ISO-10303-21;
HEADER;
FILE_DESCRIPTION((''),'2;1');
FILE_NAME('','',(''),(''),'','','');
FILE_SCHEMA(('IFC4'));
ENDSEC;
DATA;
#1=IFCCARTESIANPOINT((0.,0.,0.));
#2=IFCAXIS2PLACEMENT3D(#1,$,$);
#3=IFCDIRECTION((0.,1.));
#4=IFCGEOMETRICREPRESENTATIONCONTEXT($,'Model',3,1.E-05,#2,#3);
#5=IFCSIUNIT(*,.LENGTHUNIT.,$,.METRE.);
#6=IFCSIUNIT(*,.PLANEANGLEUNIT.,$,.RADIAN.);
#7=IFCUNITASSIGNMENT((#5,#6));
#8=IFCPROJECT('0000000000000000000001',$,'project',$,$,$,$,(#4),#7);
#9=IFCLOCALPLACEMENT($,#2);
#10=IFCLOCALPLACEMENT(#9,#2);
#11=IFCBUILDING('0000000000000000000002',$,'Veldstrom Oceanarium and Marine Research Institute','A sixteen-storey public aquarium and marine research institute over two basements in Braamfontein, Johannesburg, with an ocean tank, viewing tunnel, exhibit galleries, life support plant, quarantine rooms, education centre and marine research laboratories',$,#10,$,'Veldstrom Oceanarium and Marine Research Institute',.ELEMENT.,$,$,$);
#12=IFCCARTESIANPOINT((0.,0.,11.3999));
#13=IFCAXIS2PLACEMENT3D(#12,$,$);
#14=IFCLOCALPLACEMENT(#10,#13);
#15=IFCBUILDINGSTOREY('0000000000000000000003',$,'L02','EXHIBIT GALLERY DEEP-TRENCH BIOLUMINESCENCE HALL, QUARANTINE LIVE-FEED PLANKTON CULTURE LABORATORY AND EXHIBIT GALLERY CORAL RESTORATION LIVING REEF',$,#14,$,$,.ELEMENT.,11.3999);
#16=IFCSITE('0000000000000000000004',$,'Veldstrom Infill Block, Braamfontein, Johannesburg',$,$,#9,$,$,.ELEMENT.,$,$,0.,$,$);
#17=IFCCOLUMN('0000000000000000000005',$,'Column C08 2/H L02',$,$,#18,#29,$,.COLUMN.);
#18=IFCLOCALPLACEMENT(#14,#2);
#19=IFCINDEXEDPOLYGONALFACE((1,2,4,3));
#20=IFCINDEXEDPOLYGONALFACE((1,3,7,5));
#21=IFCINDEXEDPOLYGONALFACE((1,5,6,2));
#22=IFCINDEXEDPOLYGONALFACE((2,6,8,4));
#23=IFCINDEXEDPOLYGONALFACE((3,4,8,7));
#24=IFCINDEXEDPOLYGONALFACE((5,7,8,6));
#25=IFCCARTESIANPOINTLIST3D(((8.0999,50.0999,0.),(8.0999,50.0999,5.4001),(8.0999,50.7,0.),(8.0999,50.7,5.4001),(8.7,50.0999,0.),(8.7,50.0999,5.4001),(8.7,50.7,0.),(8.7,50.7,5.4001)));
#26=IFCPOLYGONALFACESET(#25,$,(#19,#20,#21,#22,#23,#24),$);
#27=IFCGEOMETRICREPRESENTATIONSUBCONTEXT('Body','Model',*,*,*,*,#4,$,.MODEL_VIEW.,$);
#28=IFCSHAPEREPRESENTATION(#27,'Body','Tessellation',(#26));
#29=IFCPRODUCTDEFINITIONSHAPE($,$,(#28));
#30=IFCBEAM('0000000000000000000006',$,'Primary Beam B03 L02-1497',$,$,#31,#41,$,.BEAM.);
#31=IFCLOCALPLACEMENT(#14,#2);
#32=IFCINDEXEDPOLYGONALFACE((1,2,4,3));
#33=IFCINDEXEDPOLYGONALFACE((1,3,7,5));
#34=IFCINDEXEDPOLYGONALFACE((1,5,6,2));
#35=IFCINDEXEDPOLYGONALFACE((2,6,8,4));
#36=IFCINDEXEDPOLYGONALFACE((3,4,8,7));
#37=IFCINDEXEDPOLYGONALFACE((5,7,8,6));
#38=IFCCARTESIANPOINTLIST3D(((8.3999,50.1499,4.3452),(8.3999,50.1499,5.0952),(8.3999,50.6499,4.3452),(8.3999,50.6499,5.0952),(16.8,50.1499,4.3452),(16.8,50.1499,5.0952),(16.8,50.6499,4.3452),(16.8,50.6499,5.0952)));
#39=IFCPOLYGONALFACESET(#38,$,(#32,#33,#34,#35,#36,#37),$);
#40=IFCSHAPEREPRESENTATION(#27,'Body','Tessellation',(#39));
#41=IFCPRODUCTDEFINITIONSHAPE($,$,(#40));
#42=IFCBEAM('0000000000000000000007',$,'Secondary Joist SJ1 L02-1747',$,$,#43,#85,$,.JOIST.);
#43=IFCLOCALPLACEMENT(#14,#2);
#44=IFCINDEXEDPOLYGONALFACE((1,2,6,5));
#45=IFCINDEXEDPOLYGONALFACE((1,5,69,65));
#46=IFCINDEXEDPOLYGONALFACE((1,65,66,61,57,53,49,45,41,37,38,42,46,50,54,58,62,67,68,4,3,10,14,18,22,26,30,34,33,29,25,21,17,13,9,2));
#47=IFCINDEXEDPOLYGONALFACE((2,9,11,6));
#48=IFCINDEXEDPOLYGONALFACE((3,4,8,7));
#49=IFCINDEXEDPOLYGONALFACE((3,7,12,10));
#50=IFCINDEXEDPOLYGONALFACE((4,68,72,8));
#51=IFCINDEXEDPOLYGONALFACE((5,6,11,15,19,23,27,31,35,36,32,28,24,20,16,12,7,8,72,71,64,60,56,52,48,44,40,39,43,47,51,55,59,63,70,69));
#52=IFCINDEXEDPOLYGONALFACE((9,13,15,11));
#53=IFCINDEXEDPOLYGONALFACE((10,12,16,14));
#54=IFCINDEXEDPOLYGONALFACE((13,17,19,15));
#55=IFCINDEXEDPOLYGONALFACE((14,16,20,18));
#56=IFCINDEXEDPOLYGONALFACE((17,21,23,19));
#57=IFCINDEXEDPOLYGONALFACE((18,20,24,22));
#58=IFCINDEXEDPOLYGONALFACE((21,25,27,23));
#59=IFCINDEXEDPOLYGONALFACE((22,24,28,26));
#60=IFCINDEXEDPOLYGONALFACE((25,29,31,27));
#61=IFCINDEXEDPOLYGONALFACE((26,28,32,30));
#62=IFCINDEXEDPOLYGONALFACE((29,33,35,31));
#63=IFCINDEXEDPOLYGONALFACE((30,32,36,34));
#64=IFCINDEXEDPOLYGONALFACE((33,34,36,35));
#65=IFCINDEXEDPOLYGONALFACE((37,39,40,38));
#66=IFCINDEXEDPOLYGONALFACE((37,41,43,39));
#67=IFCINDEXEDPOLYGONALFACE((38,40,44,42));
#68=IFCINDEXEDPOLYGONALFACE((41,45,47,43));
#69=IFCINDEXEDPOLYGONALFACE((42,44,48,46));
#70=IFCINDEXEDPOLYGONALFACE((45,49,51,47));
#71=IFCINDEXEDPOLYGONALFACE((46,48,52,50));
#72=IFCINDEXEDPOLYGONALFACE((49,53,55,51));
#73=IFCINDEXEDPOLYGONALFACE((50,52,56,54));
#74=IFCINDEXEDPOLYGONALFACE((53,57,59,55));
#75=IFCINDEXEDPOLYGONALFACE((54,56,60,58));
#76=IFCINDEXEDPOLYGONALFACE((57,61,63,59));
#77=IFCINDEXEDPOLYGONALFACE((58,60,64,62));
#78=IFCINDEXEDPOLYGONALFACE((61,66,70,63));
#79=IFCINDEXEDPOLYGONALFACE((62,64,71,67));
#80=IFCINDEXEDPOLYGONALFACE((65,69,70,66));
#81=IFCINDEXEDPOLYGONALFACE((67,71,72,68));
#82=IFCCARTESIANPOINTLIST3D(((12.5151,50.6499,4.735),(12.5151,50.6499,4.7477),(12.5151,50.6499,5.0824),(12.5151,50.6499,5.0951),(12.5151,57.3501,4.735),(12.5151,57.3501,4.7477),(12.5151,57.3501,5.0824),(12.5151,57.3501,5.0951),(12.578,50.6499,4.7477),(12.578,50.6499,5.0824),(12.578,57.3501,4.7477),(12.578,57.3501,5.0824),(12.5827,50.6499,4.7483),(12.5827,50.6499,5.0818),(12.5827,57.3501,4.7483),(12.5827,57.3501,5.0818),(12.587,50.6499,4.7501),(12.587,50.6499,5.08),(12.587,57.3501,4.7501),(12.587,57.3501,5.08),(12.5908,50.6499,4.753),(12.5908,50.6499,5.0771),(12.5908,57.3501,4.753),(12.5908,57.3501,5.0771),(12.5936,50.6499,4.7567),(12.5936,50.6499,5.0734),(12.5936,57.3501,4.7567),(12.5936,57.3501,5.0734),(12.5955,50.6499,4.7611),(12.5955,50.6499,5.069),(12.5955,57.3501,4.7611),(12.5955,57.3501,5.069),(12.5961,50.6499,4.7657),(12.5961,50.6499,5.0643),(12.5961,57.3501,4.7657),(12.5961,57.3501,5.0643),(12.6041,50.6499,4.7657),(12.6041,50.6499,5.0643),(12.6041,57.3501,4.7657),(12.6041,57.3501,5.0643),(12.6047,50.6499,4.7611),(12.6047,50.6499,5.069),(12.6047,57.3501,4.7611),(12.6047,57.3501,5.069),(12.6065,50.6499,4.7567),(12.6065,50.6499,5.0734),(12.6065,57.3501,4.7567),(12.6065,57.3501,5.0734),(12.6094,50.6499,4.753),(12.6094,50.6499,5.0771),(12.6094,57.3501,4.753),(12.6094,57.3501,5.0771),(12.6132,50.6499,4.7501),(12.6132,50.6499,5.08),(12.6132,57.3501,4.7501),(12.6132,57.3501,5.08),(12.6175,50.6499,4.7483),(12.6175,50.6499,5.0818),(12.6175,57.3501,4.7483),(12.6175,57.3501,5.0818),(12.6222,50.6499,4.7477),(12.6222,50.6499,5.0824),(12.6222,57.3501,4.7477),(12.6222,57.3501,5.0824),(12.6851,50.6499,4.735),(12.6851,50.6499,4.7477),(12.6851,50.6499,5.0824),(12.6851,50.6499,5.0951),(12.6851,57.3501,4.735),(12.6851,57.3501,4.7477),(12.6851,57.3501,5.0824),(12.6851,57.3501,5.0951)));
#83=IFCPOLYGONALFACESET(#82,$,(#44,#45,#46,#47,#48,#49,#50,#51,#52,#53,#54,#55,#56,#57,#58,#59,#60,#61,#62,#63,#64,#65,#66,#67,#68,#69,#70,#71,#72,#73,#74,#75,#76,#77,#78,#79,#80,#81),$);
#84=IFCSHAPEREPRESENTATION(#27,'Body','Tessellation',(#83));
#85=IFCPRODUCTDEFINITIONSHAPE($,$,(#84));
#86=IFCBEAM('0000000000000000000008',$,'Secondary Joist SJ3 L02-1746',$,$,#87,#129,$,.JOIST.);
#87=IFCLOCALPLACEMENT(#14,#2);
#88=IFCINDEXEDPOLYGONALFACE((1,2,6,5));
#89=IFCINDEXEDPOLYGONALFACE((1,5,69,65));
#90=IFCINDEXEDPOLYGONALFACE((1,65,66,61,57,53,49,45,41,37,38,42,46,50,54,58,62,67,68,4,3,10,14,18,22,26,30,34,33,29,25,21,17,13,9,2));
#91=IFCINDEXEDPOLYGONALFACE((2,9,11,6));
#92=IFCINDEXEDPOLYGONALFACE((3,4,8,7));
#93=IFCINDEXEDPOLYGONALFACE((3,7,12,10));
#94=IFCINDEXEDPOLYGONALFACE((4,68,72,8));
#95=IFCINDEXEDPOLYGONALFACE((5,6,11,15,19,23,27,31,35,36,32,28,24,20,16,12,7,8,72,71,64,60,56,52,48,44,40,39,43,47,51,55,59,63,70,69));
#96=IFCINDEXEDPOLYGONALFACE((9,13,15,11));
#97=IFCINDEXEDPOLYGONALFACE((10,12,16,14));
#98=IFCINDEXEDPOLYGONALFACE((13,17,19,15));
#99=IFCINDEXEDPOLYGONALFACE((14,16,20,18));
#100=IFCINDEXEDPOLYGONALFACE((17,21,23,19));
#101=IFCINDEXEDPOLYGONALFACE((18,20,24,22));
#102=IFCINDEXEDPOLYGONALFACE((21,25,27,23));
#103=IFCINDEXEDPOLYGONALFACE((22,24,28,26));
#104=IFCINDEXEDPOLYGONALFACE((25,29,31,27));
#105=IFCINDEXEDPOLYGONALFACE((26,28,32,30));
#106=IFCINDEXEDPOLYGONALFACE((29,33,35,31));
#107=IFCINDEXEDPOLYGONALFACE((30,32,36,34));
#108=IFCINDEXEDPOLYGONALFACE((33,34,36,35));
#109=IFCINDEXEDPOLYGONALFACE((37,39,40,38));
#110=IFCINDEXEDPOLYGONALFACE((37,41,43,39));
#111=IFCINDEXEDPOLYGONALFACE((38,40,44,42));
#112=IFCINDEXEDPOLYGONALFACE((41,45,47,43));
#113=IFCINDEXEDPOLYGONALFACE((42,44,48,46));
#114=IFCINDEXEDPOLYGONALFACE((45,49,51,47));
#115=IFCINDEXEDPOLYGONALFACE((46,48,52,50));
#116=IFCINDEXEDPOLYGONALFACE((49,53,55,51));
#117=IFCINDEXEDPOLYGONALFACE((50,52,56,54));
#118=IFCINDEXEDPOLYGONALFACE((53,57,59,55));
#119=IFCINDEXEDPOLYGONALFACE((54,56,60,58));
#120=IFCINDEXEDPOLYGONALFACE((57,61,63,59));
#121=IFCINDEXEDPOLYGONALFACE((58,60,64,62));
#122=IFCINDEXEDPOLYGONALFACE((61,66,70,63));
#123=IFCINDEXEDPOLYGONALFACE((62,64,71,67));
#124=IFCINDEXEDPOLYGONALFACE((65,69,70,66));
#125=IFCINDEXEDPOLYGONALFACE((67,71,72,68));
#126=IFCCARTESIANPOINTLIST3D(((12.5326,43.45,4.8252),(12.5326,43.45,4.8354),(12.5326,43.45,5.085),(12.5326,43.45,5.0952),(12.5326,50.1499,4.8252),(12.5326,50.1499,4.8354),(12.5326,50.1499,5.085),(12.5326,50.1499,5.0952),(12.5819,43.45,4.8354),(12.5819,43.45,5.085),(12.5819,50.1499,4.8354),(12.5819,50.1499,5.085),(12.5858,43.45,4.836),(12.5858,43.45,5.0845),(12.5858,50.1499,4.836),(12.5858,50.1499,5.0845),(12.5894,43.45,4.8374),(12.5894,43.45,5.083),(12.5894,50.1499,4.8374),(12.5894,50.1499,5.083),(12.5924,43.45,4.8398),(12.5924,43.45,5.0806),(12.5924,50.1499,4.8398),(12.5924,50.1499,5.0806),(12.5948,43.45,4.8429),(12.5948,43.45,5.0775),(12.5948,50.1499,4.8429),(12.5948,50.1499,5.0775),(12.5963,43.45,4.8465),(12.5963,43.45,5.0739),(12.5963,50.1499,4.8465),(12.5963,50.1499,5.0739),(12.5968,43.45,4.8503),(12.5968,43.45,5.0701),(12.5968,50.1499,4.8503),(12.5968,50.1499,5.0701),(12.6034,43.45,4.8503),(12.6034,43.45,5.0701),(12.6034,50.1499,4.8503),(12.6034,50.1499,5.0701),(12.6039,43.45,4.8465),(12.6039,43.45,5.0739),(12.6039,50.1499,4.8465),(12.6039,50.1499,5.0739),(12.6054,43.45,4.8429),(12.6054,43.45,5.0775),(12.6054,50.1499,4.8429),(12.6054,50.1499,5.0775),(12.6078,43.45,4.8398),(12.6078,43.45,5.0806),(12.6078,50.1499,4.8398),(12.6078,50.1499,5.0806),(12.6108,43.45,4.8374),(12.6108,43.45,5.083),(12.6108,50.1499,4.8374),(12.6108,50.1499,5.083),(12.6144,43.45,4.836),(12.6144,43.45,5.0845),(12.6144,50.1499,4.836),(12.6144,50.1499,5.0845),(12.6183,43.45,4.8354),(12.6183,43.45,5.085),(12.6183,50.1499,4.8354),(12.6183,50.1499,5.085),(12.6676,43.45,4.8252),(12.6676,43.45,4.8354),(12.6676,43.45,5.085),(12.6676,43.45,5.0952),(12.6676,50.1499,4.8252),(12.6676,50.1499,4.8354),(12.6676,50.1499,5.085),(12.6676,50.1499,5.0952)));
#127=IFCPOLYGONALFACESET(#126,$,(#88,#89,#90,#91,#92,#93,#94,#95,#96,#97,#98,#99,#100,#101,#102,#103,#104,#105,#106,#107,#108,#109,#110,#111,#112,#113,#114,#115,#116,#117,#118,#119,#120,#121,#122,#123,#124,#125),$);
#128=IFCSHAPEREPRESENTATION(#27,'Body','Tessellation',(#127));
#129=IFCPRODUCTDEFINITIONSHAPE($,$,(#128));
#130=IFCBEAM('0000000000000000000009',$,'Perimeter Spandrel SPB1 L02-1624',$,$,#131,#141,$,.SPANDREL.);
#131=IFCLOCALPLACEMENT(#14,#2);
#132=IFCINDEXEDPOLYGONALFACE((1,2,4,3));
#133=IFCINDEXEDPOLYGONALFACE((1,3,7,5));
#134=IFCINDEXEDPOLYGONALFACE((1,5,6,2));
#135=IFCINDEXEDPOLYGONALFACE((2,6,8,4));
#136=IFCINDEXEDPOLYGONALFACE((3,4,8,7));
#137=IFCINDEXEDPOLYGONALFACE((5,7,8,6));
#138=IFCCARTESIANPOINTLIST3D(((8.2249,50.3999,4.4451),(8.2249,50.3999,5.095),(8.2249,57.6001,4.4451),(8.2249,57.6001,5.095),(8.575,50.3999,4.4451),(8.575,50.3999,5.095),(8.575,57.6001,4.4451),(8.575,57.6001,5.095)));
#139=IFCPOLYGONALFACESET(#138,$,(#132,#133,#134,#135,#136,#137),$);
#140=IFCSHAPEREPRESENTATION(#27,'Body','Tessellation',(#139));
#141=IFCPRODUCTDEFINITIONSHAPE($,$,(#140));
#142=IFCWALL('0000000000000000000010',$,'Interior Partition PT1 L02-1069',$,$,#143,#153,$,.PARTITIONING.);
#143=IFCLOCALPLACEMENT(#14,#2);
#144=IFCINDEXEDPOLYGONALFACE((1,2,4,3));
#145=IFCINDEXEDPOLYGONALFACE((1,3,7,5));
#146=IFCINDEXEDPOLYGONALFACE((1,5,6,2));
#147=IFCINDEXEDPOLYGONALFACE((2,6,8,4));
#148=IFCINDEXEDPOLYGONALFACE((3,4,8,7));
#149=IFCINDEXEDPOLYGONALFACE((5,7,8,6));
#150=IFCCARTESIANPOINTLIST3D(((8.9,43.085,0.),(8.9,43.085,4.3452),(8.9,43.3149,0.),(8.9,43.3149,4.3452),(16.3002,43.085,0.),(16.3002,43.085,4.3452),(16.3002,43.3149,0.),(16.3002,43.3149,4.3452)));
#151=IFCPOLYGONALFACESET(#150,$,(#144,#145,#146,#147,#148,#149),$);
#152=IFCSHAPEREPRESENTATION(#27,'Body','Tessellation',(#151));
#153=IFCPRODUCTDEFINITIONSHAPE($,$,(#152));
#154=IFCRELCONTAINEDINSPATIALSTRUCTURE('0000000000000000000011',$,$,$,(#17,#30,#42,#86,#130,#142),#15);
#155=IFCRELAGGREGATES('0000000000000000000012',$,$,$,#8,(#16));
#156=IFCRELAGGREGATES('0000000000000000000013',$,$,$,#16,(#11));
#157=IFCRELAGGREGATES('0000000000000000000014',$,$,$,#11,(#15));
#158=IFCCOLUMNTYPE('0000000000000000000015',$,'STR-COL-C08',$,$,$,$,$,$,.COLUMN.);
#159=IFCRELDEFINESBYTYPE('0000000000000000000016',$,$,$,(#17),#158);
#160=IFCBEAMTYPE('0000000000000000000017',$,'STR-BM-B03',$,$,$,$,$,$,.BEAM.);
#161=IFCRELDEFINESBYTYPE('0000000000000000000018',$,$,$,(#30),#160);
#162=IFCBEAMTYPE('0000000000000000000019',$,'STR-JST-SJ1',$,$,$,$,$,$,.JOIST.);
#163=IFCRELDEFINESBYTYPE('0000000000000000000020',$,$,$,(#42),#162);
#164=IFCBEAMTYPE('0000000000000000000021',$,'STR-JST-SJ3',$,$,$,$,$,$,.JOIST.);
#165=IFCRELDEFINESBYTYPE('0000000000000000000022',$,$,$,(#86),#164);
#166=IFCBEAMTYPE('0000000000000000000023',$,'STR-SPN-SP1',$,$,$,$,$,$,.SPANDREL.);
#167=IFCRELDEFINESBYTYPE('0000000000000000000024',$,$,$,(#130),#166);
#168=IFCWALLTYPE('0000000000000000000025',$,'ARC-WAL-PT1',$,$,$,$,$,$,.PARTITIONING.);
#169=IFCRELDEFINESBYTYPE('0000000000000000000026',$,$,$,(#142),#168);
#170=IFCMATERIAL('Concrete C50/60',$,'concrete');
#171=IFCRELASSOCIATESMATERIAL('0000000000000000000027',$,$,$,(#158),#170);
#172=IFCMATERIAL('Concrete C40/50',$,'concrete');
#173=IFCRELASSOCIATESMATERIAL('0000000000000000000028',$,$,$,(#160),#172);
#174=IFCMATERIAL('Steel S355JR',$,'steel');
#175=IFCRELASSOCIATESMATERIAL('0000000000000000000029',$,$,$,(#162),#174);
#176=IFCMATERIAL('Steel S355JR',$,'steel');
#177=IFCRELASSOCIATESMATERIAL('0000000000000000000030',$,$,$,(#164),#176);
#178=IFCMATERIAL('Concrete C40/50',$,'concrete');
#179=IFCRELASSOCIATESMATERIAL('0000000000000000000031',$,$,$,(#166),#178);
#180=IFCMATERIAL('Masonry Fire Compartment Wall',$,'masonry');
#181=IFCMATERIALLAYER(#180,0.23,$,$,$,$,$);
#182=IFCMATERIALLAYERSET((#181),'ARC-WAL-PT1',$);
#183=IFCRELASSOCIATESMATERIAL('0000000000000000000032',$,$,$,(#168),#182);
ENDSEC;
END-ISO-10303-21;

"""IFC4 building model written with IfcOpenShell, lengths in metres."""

from ifc_helpers import new_model, si_unit, direction, frame, frame_2d, origin, origin_2d, place, context, subcontext, project, spatial, rectangle, i_section, extrude, material, layer, layer_set, material_profile, profile_set, type_object, element, save


model = new_model("IFC4")

# Units and contexts
model_context = context("Model", 3, precision=1e-05, world=origin(), true_north=direction((0.0, 1.0)))
body_context = subcontext(model_context, "Body", "Model", "MODEL_VIEW")
ifc_project = project(units=[si_unit("LENGTHUNIT", "METRE"), si_unit("PLANEANGLEUNIT", "RADIAN")], contexts=[model_context])

# Site, building, storey
site_placement = place(None, origin())
site = spatial("IfcSite", under=ifc_project, at=site_placement, Name="Veldstrom Infill Block, Braamfontein, Johannesburg", CompositionType="ELEMENT", RefElevation=0.0)
building_placement = place(site_placement, origin())
building = spatial("IfcBuilding", under=site, at=building_placement, Name="Veldstrom Oceanarium and Marine Research Institute", Description="A sixteen-storey public aquarium and marine research institute over two basements in Braamfontein, Johannesburg, with an ocean tank, viewing tunnel, exhibit galleries, life support plant, quarantine rooms, education centre and marine research laboratories", LongName="Veldstrom Oceanarium and Marine Research Institute", CompositionType="ELEMENT")
storey_placement = place(building_placement, frame((0.0, 0.0, 11.3999)))
storey = spatial("IfcBuildingStorey", under=building, at=storey_placement, Name="L02", Description="EXHIBIT GALLERY DEEP-TRENCH BIOLUMINESCENCE HALL, QUARANTINE LIVE-FEED PLANKTON CULTURE LABORATORY AND EXHIBIT GALLERY CORAL RESTORATION LIVING REEF", CompositionType="ELEMENT", Elevation=11.3999)

# Column
ifc_material_1 = material(Name="Concrete C50/60", Category="concrete")
ifc_material_profile_1 = material_profile(ifc_material_1, rectangle(XDim=0.6001, YDim=0.6001, at=origin_2d()), Name="RC-COL-600x600")
ifc_profile_set_1 = profile_set([ifc_material_profile_1], Name="Concrete C50/60")
column_type = type_object("IfcColumnType", Name="STR-COL-C08", PredefinedType="COLUMN", material=ifc_profile_set_1)
column_placement = place(storey_placement, frame((8.3999, 50.3999, 0.0), z_axis=(0.0, 0.0, 1.0), x_axis=(1.0, 0.0, 0.0)))
element("IfcColumn", 1, at=column_placement, inside=storey, type_object=column_type, Name="Column C08 2/H L02", PredefinedType="COLUMN", context=body_context, shape_type="SweptSolid", body=[
    extrude(rectangle(XDim=0.6001, YDim=0.6001, at=origin_2d()), origin(), (0.0, 0.0, 1.0), 5.4001),
])

# Beams
ifc_material_2 = material(Name="Concrete C40/50", Category="concrete")
ifc_material_profile_2 = material_profile(ifc_material_2, rectangle(XDim=0.5, YDim=0.75, at=origin_2d()), Name="RC-BM-500x750")
ifc_profile_set_2 = profile_set([ifc_material_profile_2], Name="Concrete C40/50")
beam_type_1 = type_object("IfcBeamType", Name="STR-BM-B03", PredefinedType="BEAM", material=ifc_profile_set_2)
beam_1_placement = place(storey_placement, frame((8.3999, 50.3999, 4.7202), z_axis=(1.0, 0.0, 0.0), x_axis=(0.0, 1.0, 0.0)))
element("IfcBeam", 2, at=beam_1_placement, inside=storey, type_object=beam_type_1, Name="Primary Beam B03 L02-1497", PredefinedType="BEAM", context=body_context, shape_type="SweptSolid", body=[
    extrude(rectangle(XDim=0.5, YDim=0.75, at=origin_2d()), origin(), (0.0, 0.0, 1.0), 8.4001),
])
ifc_material_3 = material(Name="Steel S355JR", Category="steel")
ifc_material_profile_3 = material_profile(ifc_material_3, i_section(OverallWidth=0.1699, OverallDepth=0.3601, WebThickness=0.0081, FlangeThickness=0.0127, FilletRadius=0.0181, at=origin_2d()), Name="IPE 360")
ifc_profile_set_3 = profile_set([ifc_material_profile_3], Name="Steel S355JR")
beam_type_2 = type_object("IfcBeamType", Name="STR-JST-SJ1", PredefinedType="JOIST", material=ifc_profile_set_3)
beam_2_placement = place(storey_placement, frame((12.6001, 50.6499, 4.915), z_axis=(0.0, 1.0, 0.0), x_axis=(-1.0, 0.0, 0.0)))
element("IfcBeam", 3, at=beam_2_placement, inside=storey, type_object=beam_type_2, Name="Secondary Joist SJ1 L02-1747", PredefinedType="JOIST", context=body_context, shape_type="SweptSolid", body=[
    extrude(i_section(OverallWidth=0.1699, OverallDepth=0.3601, WebThickness=0.0081, FlangeThickness=0.0127, FilletRadius=0.0181, at=origin_2d()), origin(), (0.0, 0.0, 1.0), 6.7002),
])
ifc_material_4 = material(Name="Steel S355JR", Category="steel")
ifc_material_profile_4 = material_profile(ifc_material_4, i_section(OverallWidth=0.135, OverallDepth=0.27, WebThickness=0.0066, FlangeThickness=0.0103, FilletRadius=0.0149, at=origin_2d()), Name="IPE 270")
ifc_profile_set_4 = profile_set([ifc_material_profile_4], Name="Steel S355JR")
beam_type_3 = type_object("IfcBeamType", Name="STR-JST-SJ3", PredefinedType="JOIST", material=ifc_profile_set_4)
beam_3_placement = place(storey_placement, frame((12.6001, 43.45, 4.9602), z_axis=(0.0, 1.0, 0.0), x_axis=(-1.0, 0.0, 0.0)))
element("IfcBeam", 4, at=beam_3_placement, inside=storey, type_object=beam_type_3, Name="Secondary Joist SJ3 L02-1746", PredefinedType="JOIST", context=body_context, shape_type="SweptSolid", body=[
    extrude(i_section(OverallWidth=0.135, OverallDepth=0.27, WebThickness=0.0066, FlangeThickness=0.0103, FilletRadius=0.0149, at=origin_2d()), origin(), (0.0, 0.0, 1.0), 6.7),
])
ifc_material_5 = material(Name="Concrete C40/50", Category="concrete")
ifc_material_profile_5 = material_profile(ifc_material_5, rectangle(XDim=0.3501, YDim=0.6499, at=origin_2d()), Name="RC-SPN-350x650")
ifc_profile_set_5 = profile_set([ifc_material_profile_5], Name="Concrete C40/50")
beam_type_4 = type_object("IfcBeamType", Name="STR-SPN-SP1", PredefinedType="SPANDREL", material=ifc_profile_set_5)
beam_4_placement = place(storey_placement, frame((8.3999, 50.3999, 4.77), z_axis=(0.0, 1.0, 0.0), x_axis=(-1.0, 0.0, 0.0)))
element("IfcBeam", 5, at=beam_4_placement, inside=storey, type_object=beam_type_4, Name="Perimeter Spandrel SPB1 L02-1624", PredefinedType="SPANDREL", context=body_context, shape_type="SweptSolid", body=[
    extrude(rectangle(XDim=0.3501, YDim=0.6499, at=origin_2d()), origin(), (0.0, 0.0, 1.0), 7.2002),
])

# Shared definitions
ifc_material_6 = material(Name="Masonry Fire Compartment Wall", Category="masonry")
ifc_layer_1 = layer(ifc_material_6, 0.23)
ifc_layer_set_1 = layer_set([ifc_layer_1], Name="ARC-WAL-PT1")
wall_type_1 = type_object("IfcWallType", Name="ARC-WAL-PT1", PredefinedType="PARTITIONING", material=ifc_layer_set_1)

# Wall
wall_1_placement = place(storey_placement, frame((8.8999, 43.2, 0.0), z_axis=(0.0, 0.0, 1.0), x_axis=(1.0, 0.0, 0.0)))
element("IfcWall", 6, at=wall_1_placement, inside=storey, type_object=wall_type_1, Name="Interior Partition PT1 L02-1069", PredefinedType="PARTITIONING", context=body_context, shape_type="SweptSolid", body=[
    extrude(rectangle(XDim=7.4001, YDim=0.23, at=frame_2d((3.7002, 0.0))), origin(), (0.0, 0.0, 1.0), 4.3452),
])

save(model, "model.ifc")
